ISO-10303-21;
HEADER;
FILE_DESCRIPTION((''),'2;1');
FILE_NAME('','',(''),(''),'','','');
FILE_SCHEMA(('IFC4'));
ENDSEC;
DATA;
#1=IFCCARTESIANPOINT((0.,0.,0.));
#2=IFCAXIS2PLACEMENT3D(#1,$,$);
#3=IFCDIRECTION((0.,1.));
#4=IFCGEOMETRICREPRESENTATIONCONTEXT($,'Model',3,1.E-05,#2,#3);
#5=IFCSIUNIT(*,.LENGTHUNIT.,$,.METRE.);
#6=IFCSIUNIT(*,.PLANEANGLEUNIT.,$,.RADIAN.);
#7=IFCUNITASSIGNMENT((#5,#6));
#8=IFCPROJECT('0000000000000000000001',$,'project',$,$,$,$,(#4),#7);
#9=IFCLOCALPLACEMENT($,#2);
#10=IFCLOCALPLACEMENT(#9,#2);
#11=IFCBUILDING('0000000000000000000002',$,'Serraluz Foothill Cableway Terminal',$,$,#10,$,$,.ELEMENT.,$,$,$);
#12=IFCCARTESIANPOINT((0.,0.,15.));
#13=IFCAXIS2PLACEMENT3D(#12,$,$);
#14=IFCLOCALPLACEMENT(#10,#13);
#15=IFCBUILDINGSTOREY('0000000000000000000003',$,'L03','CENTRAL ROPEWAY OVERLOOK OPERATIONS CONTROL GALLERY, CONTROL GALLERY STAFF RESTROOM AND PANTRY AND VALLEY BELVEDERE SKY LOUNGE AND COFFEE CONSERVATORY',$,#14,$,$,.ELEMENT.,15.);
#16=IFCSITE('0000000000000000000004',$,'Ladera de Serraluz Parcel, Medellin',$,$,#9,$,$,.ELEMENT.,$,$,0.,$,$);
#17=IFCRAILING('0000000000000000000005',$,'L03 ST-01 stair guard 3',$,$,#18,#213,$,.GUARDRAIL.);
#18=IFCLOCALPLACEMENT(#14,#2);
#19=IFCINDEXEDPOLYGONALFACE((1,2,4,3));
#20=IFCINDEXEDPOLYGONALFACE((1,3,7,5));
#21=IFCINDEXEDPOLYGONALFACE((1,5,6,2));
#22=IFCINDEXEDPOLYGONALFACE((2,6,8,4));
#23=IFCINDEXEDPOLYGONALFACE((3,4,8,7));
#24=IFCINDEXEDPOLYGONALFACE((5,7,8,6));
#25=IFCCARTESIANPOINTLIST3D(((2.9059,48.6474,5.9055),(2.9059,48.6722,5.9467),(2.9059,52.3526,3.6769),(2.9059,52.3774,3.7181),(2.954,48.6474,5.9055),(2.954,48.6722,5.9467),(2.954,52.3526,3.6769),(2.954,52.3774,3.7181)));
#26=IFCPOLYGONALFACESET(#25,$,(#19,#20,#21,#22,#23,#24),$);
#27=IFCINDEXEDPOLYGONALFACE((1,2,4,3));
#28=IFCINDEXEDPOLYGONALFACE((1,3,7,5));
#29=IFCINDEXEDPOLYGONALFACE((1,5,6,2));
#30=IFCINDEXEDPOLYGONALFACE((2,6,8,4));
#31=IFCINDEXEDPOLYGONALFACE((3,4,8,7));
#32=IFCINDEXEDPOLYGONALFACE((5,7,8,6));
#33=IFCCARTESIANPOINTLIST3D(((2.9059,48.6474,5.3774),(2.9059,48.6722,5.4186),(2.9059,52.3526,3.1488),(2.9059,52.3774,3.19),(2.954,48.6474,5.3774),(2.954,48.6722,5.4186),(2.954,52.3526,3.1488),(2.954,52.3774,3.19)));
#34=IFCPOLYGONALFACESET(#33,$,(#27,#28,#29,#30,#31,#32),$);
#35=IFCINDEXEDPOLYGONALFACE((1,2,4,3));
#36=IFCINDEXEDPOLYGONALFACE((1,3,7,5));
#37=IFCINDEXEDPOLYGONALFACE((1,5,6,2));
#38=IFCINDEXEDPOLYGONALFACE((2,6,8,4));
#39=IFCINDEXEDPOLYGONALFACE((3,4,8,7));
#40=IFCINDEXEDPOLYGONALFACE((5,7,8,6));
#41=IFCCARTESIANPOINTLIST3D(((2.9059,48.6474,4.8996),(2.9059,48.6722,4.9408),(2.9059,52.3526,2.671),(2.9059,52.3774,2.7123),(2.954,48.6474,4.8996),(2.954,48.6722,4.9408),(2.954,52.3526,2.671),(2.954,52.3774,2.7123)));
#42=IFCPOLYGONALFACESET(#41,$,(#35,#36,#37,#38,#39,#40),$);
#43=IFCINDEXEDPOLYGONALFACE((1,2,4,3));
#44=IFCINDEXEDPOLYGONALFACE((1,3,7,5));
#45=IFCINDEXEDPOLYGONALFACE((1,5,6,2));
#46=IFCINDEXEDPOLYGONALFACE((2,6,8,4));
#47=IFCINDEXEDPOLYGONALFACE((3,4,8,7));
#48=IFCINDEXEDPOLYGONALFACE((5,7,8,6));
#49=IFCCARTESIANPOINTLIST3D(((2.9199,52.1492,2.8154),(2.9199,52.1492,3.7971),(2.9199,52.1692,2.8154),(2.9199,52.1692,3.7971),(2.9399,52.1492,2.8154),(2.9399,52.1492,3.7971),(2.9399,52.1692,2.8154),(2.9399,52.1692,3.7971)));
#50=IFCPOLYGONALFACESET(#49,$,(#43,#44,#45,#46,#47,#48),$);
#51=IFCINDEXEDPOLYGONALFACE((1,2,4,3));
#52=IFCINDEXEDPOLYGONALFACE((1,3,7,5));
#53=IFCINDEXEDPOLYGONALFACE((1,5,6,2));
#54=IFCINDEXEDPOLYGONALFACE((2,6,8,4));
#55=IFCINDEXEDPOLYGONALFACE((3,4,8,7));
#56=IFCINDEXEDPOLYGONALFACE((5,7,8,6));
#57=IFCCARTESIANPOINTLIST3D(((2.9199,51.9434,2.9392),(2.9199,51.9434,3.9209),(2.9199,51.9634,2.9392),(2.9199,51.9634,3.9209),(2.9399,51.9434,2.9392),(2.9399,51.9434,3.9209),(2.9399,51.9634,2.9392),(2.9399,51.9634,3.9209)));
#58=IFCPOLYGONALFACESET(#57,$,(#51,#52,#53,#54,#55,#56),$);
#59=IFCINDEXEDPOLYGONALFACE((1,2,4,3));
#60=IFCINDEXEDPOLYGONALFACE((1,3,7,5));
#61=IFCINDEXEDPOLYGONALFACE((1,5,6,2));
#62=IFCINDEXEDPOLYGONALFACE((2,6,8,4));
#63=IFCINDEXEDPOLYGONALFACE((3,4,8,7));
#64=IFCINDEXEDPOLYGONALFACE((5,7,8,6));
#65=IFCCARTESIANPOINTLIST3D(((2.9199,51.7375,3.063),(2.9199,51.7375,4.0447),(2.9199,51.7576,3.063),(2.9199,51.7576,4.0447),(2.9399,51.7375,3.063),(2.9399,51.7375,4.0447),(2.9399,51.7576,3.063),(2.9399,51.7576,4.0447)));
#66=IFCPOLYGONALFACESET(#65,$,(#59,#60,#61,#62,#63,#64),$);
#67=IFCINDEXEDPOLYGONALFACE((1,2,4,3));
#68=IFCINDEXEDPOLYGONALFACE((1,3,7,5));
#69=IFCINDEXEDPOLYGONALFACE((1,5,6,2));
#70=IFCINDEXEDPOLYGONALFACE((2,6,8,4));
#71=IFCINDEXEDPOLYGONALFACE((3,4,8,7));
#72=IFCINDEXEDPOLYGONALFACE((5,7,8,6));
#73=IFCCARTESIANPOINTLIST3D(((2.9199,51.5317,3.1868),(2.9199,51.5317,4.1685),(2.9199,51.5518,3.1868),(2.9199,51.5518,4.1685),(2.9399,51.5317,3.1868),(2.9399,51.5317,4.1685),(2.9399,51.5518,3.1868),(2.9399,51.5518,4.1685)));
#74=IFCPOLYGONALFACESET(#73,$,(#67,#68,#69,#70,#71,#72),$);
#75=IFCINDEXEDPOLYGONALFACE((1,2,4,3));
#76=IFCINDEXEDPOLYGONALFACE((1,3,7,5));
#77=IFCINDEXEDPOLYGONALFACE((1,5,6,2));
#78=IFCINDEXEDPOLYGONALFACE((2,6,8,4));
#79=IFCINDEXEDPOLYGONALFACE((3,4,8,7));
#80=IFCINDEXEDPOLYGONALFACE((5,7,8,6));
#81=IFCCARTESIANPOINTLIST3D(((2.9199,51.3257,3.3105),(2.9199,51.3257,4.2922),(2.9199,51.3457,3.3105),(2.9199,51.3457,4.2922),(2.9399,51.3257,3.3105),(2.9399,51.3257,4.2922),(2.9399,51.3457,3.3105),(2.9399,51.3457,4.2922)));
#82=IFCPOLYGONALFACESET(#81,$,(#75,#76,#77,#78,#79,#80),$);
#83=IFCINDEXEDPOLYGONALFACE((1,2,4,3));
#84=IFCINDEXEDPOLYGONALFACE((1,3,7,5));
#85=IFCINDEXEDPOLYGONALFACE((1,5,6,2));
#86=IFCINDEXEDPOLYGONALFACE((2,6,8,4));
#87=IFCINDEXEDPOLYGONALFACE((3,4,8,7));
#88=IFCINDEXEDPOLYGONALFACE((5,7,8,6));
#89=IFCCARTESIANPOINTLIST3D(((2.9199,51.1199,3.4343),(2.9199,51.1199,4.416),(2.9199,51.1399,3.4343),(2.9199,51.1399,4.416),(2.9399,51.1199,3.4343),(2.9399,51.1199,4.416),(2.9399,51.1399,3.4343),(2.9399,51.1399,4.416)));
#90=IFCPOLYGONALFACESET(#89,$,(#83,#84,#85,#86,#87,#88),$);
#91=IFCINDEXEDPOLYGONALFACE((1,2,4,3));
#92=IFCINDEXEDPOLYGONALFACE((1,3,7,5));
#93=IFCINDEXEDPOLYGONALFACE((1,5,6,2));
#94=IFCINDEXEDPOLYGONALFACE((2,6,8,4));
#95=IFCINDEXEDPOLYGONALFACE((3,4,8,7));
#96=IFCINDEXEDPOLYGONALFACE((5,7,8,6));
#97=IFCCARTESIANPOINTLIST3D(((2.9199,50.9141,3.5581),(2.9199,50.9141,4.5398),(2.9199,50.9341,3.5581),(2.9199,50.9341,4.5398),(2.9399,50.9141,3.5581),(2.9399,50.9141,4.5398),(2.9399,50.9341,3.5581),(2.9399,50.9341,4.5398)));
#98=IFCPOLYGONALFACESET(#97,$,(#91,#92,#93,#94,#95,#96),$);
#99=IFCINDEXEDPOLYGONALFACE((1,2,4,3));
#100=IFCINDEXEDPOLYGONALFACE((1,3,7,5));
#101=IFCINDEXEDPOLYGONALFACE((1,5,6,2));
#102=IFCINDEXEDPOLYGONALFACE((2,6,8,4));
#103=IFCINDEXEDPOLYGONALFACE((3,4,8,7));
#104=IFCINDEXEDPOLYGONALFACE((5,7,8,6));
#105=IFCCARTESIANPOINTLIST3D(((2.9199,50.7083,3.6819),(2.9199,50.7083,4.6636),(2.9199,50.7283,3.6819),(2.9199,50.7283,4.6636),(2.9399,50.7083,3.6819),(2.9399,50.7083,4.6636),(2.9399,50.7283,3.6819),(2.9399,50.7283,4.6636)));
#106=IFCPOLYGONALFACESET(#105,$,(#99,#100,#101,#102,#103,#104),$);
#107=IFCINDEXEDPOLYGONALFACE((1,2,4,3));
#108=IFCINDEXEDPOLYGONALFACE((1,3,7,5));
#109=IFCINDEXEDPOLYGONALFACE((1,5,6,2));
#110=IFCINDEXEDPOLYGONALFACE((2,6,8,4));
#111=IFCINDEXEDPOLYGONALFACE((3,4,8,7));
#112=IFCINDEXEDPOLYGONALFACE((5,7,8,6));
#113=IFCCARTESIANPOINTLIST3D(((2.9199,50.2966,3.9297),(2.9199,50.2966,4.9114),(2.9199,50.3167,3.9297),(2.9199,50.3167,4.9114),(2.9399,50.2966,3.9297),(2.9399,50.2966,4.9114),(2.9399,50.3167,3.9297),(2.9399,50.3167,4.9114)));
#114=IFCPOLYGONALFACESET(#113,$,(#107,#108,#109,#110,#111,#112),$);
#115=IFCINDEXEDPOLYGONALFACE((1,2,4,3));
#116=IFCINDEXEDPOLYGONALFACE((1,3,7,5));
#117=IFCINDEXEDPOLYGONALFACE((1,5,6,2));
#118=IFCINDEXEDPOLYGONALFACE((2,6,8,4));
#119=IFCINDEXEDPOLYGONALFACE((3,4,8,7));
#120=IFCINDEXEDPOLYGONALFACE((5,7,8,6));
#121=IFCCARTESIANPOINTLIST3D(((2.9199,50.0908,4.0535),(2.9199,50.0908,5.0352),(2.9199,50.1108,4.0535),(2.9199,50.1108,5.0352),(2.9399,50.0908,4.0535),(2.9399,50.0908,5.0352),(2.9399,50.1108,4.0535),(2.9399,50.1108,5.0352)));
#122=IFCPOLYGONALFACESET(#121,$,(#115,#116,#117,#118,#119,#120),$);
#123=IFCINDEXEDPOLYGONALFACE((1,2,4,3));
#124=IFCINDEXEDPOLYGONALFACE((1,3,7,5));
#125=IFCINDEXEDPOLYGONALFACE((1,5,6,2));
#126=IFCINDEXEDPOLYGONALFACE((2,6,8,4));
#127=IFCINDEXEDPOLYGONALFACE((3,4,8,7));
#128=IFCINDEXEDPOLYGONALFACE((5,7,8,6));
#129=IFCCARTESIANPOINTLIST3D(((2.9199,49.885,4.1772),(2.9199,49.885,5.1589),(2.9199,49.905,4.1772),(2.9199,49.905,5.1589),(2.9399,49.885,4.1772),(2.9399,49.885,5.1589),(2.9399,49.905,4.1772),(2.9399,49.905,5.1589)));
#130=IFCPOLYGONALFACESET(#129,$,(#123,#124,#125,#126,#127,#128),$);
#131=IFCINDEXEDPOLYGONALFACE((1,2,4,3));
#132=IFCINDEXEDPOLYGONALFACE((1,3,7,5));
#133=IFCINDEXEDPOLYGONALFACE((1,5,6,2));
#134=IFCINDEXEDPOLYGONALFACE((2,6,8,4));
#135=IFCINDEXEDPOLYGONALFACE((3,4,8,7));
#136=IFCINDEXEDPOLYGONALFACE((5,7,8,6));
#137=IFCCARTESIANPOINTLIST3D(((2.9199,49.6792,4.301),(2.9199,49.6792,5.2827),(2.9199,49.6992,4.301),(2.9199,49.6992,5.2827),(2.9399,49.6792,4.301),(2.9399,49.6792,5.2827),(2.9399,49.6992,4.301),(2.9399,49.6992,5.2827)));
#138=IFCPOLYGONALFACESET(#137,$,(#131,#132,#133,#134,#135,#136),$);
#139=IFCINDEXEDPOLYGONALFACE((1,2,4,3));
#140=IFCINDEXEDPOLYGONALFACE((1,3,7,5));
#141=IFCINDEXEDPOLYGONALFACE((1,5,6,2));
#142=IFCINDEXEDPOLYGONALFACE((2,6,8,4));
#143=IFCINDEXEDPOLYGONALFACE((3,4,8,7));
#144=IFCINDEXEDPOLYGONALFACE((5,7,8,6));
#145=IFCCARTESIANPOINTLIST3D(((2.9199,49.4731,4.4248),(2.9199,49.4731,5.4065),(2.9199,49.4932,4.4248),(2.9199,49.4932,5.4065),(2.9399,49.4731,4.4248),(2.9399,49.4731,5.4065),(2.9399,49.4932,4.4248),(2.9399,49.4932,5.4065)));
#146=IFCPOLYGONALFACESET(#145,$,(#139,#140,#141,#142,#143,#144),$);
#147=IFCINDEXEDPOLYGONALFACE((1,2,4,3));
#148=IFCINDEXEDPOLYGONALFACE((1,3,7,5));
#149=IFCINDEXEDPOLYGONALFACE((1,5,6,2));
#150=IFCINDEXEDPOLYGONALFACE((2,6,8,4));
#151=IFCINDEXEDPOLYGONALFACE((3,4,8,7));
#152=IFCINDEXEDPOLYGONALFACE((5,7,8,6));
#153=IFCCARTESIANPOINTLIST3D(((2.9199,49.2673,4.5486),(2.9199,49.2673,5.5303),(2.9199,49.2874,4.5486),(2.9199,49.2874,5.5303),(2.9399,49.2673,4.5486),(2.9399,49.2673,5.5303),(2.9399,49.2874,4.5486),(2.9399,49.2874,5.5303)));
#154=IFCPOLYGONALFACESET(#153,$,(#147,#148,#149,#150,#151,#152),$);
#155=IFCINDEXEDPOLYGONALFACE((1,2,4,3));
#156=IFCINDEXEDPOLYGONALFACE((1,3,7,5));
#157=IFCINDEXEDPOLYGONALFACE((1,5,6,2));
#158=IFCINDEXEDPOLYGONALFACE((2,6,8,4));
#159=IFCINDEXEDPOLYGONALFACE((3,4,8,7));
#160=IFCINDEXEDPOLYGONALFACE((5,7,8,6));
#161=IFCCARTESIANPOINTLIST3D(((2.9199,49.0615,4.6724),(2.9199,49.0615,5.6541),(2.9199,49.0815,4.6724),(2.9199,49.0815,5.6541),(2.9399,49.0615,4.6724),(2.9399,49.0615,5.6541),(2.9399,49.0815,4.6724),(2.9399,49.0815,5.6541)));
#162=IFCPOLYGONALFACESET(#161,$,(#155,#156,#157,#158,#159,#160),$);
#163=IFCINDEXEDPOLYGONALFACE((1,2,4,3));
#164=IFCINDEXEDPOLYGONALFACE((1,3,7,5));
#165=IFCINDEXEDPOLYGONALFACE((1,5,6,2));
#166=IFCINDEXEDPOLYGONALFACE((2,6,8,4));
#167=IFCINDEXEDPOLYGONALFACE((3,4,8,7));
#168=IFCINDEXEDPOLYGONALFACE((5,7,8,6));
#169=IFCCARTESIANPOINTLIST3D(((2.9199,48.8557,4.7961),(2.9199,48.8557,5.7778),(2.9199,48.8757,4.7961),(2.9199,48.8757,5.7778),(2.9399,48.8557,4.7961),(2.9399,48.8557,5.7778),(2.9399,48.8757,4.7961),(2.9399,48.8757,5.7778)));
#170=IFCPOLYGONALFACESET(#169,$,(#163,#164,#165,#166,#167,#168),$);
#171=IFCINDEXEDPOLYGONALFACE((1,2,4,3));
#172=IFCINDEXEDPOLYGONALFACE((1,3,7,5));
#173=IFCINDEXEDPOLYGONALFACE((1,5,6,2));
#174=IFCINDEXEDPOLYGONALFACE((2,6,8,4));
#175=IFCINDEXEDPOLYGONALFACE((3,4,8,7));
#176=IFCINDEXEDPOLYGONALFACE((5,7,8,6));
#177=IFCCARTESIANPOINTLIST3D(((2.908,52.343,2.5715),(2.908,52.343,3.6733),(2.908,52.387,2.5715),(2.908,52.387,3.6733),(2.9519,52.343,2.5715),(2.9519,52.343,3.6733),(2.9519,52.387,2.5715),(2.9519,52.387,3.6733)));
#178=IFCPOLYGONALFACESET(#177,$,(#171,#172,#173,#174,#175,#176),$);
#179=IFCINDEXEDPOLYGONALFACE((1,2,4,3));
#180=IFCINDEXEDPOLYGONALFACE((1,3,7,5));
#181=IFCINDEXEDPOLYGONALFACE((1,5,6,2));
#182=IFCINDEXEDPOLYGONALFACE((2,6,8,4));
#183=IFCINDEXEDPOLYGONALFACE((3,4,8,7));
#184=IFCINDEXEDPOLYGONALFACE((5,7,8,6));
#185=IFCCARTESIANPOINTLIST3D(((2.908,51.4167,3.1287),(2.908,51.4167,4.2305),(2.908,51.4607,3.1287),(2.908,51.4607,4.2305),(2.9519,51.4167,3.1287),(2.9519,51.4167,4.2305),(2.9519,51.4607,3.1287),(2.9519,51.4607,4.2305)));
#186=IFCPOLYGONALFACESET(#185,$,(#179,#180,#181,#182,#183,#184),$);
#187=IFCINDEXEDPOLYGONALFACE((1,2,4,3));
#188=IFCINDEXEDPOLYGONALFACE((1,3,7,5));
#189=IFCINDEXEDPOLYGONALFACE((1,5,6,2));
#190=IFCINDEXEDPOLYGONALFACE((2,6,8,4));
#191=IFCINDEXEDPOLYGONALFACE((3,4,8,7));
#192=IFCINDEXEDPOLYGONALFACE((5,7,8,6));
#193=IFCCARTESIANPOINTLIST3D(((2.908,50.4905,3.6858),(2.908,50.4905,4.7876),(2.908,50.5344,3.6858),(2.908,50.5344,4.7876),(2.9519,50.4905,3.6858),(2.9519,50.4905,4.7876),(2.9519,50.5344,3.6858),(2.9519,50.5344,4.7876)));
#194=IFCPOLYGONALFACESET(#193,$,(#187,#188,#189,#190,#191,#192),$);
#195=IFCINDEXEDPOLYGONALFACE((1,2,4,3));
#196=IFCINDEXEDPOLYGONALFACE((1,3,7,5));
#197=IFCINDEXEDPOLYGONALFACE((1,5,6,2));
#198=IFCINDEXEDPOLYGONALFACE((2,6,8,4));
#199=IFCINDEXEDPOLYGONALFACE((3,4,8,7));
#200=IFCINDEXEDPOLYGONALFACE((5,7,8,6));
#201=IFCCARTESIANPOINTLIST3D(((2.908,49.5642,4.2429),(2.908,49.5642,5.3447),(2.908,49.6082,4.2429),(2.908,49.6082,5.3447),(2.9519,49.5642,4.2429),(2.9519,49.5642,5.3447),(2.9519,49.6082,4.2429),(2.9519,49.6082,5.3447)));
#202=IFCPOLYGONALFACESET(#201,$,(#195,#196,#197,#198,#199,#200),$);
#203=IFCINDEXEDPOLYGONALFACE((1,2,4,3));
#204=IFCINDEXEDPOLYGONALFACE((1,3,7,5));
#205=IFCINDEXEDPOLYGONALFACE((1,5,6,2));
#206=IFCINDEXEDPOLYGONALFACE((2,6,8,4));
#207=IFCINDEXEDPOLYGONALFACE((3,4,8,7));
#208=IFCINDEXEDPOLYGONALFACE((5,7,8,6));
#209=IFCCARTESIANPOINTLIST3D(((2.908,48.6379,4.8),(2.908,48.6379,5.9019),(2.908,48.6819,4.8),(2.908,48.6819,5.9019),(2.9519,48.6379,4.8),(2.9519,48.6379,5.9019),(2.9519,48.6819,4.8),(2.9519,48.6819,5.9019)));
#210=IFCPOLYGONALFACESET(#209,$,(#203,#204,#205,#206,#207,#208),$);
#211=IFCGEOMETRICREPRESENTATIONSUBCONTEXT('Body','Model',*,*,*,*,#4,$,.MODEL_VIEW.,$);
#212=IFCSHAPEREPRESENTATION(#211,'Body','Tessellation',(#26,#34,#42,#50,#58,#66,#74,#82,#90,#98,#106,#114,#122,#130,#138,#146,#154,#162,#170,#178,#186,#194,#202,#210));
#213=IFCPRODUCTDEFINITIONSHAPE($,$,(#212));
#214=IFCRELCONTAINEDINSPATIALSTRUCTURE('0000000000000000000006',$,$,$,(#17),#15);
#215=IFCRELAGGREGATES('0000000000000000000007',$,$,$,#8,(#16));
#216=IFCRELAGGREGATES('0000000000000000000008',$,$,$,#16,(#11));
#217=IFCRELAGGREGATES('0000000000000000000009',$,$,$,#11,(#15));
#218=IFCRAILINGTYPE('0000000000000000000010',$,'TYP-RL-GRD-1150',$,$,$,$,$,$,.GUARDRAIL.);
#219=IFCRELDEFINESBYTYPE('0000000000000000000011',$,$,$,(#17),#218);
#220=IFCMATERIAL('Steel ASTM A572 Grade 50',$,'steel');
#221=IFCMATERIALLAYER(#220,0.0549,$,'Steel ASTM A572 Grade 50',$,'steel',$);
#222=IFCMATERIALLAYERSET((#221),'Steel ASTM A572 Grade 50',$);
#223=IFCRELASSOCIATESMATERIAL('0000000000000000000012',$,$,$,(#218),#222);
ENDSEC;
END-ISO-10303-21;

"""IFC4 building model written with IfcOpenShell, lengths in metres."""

from ifc_helpers import new_model, si_unit, direction, frame, origin, origin_2d, place, context, subcontext, project, spatial, rectangle, extrude, material, layer, layer_set, type_object, element, save


model = new_model("IFC4")

# Units and contexts
model_context = context("Model", 3, precision=1e-05, world=origin(), true_north=direction((0.0, 1.0)))
body_context = subcontext(model_context, "Body", "Model", "MODEL_VIEW")
ifc_project = project(units=[si_unit("LENGTHUNIT", "METRE"), si_unit("PLANEANGLEUNIT", "RADIAN")], contexts=[model_context])

# Site, building, storey
site_placement = place(None, origin())
site = spatial("IfcSite", under=ifc_project, at=site_placement, Name="Ladera de Serraluz Parcel, Medellin", CompositionType="ELEMENT", RefElevation=0.0)
building_placement = place(site_placement, origin())
building = spatial("IfcBuilding", under=site, at=building_placement, Name="Serraluz Foothill Cableway Terminal", CompositionType="ELEMENT")
storey_placement = place(building_placement, frame((0.0, 0.0, 15.0)))
storey = spatial("IfcBuildingStorey", under=building, at=storey_placement, Name="L03", Description="CENTRAL ROPEWAY OVERLOOK OPERATIONS CONTROL GALLERY, CONTROL GALLERY STAFF RESTROOM AND PANTRY AND VALLEY BELVEDERE SKY LOUNGE AND COFFEE CONSERVATORY", CompositionType="ELEMENT", Elevation=15.0)

# Shared definitions
ifc_material_1 = material(Name="Steel ASTM A572 Grade 50", Category="steel")

# Railing
ifc_layer_1 = layer(ifc_material_1, 0.0549, Name="Steel ASTM A572 Grade 50", Category="steel")
ifc_layer_set_1 = layer_set([ifc_layer_1], Name="Steel ASTM A572 Grade 50")
railing_type_1 = type_object("IfcRailingType", Name="TYP-RL-GRD-1150", PredefinedType="GUARDRAIL", material=ifc_layer_set_1)
railing_1_placement = place(storey_placement, frame((2.9299, 52.365, 2.5715)))
element("IfcRailing", 1, at=railing_1_placement, inside=storey, type_object=railing_type_1, Name="L03 ST-01 stair guard 3", PredefinedType="GUARDRAIL", context=body_context, shape_type="SweptSolid", body=[
    extrude(rectangle(XDim=0.0481, YDim=0.0481, at=origin_2d()), frame((0.0, 0.0, 1.126), z_axis=(0.0, -0.856934, 0.515425), x_axis=(1.0, 0.0, 0.0)), (0.0, 0.0, 1.0), 4.3237),
    extrude(rectangle(XDim=0.0481, YDim=0.0481, at=origin_2d()), frame((0.0, 0.0, 0.5979), z_axis=(0.0, -0.856934, 0.515425), x_axis=(1.0, 0.0, 0.0)), (0.0, 0.0, 1.0), 4.3237),
    extrude(rectangle(XDim=0.0481, YDim=0.0481, at=origin_2d()), frame((0.0, 0.0, 0.1201), z_axis=(0.0, -0.856934, 0.515425), x_axis=(1.0, 0.0, 0.0)), (0.0, 0.0, 1.0), 4.3237),
    extrude(rectangle(XDim=0.02, YDim=0.02, at=origin_2d()), frame((0.0, -0.2058, 0.2439)), (0.0, 0.0, 1.0), 0.9817),
    extrude(rectangle(XDim=0.02, YDim=0.02, at=origin_2d()), frame((0.0, -0.4116, 0.3677)), (0.0, 0.0, 1.0), 0.9817),
    extrude(rectangle(XDim=0.02, YDim=0.02, at=origin_2d()), frame((0.0, -0.6174, 0.4915)), (0.0, 0.0, 1.0), 0.9817),
    extrude(rectangle(XDim=0.02, YDim=0.02, at=origin_2d()), frame((0.0, -0.8232, 0.6152)), (0.0, 0.0, 1.0), 0.9817),
    extrude(rectangle(XDim=0.02, YDim=0.02, at=origin_2d()), frame((0.0, -1.0293, 0.739)), (0.0, 0.0, 1.0), 0.9817),
    extrude(rectangle(XDim=0.02, YDim=0.02, at=origin_2d()), frame((0.0, -1.2351, 0.8628)), (0.0, 0.0, 1.0), 0.9817),
    extrude(rectangle(XDim=0.02, YDim=0.02, at=origin_2d()), frame((0.0, -1.4409, 0.9866)), (0.0, 0.0, 1.0), 0.9817),
    extrude(rectangle(XDim=0.02, YDim=0.02, at=origin_2d()), frame((0.0, -1.6467, 1.1104)), (0.0, 0.0, 1.0), 0.9817),
    extrude(rectangle(XDim=0.02, YDim=0.02, at=origin_2d()), frame((0.0, -2.0583, 1.3582)), (0.0, 0.0, 1.0), 0.9817),
    extrude(rectangle(XDim=0.02, YDim=0.02, at=origin_2d()), frame((0.0, -2.2642, 1.4819)), (0.0, 0.0, 1.0), 0.9817),
    extrude(rectangle(XDim=0.02, YDim=0.02, at=origin_2d()), frame((0.0, -2.47, 1.6057)), (0.0, 0.0, 1.0), 0.9817),
    extrude(rectangle(XDim=0.02, YDim=0.02, at=origin_2d()), frame((0.0, -2.6758, 1.7295)), (0.0, 0.0, 1.0), 0.9817),
    extrude(rectangle(XDim=0.02, YDim=0.02, at=origin_2d()), frame((0.0, -2.8818, 1.8533)), (0.0, 0.0, 1.0), 0.9817),
    extrude(rectangle(XDim=0.02, YDim=0.02, at=origin_2d()), frame((0.0, -3.0876, 1.9771)), (0.0, 0.0, 1.0), 0.9817),
    extrude(rectangle(XDim=0.02, YDim=0.02, at=origin_2d()), frame((0.0, -3.2935, 2.1008)), (0.0, 0.0, 1.0), 0.9817),
    extrude(rectangle(XDim=0.02, YDim=0.02, at=origin_2d()), frame((0.0, -3.4993, 2.2246)), (0.0, 0.0, 1.0), 0.9817),
    extrude(rectangle(XDim=0.0439, YDim=0.0439, at=origin_2d()), origin(), (0.0, 0.0, 1.0), 1.1018),
    extrude(rectangle(XDim=0.0439, YDim=0.0439, at=origin_2d()), frame((0.0, -0.9263, 0.5571)), (0.0, 0.0, 1.0), 1.1018),
    extrude(rectangle(XDim=0.0439, YDim=0.0439, at=origin_2d()), frame((0.0, -1.8525, 1.1143)), (0.0, 0.0, 1.0), 1.1018),
    extrude(rectangle(XDim=0.0439, YDim=0.0439, at=origin_2d()), frame((0.0, -2.7788, 1.6714)), (0.0, 0.0, 1.0), 1.1018),
    extrude(rectangle(XDim=0.0439, YDim=0.0439, at=origin_2d()), frame((0.0, -3.7051, 2.2285)), (0.0, 0.0, 1.0), 1.1018),
])

save(model, "model.ifc")
